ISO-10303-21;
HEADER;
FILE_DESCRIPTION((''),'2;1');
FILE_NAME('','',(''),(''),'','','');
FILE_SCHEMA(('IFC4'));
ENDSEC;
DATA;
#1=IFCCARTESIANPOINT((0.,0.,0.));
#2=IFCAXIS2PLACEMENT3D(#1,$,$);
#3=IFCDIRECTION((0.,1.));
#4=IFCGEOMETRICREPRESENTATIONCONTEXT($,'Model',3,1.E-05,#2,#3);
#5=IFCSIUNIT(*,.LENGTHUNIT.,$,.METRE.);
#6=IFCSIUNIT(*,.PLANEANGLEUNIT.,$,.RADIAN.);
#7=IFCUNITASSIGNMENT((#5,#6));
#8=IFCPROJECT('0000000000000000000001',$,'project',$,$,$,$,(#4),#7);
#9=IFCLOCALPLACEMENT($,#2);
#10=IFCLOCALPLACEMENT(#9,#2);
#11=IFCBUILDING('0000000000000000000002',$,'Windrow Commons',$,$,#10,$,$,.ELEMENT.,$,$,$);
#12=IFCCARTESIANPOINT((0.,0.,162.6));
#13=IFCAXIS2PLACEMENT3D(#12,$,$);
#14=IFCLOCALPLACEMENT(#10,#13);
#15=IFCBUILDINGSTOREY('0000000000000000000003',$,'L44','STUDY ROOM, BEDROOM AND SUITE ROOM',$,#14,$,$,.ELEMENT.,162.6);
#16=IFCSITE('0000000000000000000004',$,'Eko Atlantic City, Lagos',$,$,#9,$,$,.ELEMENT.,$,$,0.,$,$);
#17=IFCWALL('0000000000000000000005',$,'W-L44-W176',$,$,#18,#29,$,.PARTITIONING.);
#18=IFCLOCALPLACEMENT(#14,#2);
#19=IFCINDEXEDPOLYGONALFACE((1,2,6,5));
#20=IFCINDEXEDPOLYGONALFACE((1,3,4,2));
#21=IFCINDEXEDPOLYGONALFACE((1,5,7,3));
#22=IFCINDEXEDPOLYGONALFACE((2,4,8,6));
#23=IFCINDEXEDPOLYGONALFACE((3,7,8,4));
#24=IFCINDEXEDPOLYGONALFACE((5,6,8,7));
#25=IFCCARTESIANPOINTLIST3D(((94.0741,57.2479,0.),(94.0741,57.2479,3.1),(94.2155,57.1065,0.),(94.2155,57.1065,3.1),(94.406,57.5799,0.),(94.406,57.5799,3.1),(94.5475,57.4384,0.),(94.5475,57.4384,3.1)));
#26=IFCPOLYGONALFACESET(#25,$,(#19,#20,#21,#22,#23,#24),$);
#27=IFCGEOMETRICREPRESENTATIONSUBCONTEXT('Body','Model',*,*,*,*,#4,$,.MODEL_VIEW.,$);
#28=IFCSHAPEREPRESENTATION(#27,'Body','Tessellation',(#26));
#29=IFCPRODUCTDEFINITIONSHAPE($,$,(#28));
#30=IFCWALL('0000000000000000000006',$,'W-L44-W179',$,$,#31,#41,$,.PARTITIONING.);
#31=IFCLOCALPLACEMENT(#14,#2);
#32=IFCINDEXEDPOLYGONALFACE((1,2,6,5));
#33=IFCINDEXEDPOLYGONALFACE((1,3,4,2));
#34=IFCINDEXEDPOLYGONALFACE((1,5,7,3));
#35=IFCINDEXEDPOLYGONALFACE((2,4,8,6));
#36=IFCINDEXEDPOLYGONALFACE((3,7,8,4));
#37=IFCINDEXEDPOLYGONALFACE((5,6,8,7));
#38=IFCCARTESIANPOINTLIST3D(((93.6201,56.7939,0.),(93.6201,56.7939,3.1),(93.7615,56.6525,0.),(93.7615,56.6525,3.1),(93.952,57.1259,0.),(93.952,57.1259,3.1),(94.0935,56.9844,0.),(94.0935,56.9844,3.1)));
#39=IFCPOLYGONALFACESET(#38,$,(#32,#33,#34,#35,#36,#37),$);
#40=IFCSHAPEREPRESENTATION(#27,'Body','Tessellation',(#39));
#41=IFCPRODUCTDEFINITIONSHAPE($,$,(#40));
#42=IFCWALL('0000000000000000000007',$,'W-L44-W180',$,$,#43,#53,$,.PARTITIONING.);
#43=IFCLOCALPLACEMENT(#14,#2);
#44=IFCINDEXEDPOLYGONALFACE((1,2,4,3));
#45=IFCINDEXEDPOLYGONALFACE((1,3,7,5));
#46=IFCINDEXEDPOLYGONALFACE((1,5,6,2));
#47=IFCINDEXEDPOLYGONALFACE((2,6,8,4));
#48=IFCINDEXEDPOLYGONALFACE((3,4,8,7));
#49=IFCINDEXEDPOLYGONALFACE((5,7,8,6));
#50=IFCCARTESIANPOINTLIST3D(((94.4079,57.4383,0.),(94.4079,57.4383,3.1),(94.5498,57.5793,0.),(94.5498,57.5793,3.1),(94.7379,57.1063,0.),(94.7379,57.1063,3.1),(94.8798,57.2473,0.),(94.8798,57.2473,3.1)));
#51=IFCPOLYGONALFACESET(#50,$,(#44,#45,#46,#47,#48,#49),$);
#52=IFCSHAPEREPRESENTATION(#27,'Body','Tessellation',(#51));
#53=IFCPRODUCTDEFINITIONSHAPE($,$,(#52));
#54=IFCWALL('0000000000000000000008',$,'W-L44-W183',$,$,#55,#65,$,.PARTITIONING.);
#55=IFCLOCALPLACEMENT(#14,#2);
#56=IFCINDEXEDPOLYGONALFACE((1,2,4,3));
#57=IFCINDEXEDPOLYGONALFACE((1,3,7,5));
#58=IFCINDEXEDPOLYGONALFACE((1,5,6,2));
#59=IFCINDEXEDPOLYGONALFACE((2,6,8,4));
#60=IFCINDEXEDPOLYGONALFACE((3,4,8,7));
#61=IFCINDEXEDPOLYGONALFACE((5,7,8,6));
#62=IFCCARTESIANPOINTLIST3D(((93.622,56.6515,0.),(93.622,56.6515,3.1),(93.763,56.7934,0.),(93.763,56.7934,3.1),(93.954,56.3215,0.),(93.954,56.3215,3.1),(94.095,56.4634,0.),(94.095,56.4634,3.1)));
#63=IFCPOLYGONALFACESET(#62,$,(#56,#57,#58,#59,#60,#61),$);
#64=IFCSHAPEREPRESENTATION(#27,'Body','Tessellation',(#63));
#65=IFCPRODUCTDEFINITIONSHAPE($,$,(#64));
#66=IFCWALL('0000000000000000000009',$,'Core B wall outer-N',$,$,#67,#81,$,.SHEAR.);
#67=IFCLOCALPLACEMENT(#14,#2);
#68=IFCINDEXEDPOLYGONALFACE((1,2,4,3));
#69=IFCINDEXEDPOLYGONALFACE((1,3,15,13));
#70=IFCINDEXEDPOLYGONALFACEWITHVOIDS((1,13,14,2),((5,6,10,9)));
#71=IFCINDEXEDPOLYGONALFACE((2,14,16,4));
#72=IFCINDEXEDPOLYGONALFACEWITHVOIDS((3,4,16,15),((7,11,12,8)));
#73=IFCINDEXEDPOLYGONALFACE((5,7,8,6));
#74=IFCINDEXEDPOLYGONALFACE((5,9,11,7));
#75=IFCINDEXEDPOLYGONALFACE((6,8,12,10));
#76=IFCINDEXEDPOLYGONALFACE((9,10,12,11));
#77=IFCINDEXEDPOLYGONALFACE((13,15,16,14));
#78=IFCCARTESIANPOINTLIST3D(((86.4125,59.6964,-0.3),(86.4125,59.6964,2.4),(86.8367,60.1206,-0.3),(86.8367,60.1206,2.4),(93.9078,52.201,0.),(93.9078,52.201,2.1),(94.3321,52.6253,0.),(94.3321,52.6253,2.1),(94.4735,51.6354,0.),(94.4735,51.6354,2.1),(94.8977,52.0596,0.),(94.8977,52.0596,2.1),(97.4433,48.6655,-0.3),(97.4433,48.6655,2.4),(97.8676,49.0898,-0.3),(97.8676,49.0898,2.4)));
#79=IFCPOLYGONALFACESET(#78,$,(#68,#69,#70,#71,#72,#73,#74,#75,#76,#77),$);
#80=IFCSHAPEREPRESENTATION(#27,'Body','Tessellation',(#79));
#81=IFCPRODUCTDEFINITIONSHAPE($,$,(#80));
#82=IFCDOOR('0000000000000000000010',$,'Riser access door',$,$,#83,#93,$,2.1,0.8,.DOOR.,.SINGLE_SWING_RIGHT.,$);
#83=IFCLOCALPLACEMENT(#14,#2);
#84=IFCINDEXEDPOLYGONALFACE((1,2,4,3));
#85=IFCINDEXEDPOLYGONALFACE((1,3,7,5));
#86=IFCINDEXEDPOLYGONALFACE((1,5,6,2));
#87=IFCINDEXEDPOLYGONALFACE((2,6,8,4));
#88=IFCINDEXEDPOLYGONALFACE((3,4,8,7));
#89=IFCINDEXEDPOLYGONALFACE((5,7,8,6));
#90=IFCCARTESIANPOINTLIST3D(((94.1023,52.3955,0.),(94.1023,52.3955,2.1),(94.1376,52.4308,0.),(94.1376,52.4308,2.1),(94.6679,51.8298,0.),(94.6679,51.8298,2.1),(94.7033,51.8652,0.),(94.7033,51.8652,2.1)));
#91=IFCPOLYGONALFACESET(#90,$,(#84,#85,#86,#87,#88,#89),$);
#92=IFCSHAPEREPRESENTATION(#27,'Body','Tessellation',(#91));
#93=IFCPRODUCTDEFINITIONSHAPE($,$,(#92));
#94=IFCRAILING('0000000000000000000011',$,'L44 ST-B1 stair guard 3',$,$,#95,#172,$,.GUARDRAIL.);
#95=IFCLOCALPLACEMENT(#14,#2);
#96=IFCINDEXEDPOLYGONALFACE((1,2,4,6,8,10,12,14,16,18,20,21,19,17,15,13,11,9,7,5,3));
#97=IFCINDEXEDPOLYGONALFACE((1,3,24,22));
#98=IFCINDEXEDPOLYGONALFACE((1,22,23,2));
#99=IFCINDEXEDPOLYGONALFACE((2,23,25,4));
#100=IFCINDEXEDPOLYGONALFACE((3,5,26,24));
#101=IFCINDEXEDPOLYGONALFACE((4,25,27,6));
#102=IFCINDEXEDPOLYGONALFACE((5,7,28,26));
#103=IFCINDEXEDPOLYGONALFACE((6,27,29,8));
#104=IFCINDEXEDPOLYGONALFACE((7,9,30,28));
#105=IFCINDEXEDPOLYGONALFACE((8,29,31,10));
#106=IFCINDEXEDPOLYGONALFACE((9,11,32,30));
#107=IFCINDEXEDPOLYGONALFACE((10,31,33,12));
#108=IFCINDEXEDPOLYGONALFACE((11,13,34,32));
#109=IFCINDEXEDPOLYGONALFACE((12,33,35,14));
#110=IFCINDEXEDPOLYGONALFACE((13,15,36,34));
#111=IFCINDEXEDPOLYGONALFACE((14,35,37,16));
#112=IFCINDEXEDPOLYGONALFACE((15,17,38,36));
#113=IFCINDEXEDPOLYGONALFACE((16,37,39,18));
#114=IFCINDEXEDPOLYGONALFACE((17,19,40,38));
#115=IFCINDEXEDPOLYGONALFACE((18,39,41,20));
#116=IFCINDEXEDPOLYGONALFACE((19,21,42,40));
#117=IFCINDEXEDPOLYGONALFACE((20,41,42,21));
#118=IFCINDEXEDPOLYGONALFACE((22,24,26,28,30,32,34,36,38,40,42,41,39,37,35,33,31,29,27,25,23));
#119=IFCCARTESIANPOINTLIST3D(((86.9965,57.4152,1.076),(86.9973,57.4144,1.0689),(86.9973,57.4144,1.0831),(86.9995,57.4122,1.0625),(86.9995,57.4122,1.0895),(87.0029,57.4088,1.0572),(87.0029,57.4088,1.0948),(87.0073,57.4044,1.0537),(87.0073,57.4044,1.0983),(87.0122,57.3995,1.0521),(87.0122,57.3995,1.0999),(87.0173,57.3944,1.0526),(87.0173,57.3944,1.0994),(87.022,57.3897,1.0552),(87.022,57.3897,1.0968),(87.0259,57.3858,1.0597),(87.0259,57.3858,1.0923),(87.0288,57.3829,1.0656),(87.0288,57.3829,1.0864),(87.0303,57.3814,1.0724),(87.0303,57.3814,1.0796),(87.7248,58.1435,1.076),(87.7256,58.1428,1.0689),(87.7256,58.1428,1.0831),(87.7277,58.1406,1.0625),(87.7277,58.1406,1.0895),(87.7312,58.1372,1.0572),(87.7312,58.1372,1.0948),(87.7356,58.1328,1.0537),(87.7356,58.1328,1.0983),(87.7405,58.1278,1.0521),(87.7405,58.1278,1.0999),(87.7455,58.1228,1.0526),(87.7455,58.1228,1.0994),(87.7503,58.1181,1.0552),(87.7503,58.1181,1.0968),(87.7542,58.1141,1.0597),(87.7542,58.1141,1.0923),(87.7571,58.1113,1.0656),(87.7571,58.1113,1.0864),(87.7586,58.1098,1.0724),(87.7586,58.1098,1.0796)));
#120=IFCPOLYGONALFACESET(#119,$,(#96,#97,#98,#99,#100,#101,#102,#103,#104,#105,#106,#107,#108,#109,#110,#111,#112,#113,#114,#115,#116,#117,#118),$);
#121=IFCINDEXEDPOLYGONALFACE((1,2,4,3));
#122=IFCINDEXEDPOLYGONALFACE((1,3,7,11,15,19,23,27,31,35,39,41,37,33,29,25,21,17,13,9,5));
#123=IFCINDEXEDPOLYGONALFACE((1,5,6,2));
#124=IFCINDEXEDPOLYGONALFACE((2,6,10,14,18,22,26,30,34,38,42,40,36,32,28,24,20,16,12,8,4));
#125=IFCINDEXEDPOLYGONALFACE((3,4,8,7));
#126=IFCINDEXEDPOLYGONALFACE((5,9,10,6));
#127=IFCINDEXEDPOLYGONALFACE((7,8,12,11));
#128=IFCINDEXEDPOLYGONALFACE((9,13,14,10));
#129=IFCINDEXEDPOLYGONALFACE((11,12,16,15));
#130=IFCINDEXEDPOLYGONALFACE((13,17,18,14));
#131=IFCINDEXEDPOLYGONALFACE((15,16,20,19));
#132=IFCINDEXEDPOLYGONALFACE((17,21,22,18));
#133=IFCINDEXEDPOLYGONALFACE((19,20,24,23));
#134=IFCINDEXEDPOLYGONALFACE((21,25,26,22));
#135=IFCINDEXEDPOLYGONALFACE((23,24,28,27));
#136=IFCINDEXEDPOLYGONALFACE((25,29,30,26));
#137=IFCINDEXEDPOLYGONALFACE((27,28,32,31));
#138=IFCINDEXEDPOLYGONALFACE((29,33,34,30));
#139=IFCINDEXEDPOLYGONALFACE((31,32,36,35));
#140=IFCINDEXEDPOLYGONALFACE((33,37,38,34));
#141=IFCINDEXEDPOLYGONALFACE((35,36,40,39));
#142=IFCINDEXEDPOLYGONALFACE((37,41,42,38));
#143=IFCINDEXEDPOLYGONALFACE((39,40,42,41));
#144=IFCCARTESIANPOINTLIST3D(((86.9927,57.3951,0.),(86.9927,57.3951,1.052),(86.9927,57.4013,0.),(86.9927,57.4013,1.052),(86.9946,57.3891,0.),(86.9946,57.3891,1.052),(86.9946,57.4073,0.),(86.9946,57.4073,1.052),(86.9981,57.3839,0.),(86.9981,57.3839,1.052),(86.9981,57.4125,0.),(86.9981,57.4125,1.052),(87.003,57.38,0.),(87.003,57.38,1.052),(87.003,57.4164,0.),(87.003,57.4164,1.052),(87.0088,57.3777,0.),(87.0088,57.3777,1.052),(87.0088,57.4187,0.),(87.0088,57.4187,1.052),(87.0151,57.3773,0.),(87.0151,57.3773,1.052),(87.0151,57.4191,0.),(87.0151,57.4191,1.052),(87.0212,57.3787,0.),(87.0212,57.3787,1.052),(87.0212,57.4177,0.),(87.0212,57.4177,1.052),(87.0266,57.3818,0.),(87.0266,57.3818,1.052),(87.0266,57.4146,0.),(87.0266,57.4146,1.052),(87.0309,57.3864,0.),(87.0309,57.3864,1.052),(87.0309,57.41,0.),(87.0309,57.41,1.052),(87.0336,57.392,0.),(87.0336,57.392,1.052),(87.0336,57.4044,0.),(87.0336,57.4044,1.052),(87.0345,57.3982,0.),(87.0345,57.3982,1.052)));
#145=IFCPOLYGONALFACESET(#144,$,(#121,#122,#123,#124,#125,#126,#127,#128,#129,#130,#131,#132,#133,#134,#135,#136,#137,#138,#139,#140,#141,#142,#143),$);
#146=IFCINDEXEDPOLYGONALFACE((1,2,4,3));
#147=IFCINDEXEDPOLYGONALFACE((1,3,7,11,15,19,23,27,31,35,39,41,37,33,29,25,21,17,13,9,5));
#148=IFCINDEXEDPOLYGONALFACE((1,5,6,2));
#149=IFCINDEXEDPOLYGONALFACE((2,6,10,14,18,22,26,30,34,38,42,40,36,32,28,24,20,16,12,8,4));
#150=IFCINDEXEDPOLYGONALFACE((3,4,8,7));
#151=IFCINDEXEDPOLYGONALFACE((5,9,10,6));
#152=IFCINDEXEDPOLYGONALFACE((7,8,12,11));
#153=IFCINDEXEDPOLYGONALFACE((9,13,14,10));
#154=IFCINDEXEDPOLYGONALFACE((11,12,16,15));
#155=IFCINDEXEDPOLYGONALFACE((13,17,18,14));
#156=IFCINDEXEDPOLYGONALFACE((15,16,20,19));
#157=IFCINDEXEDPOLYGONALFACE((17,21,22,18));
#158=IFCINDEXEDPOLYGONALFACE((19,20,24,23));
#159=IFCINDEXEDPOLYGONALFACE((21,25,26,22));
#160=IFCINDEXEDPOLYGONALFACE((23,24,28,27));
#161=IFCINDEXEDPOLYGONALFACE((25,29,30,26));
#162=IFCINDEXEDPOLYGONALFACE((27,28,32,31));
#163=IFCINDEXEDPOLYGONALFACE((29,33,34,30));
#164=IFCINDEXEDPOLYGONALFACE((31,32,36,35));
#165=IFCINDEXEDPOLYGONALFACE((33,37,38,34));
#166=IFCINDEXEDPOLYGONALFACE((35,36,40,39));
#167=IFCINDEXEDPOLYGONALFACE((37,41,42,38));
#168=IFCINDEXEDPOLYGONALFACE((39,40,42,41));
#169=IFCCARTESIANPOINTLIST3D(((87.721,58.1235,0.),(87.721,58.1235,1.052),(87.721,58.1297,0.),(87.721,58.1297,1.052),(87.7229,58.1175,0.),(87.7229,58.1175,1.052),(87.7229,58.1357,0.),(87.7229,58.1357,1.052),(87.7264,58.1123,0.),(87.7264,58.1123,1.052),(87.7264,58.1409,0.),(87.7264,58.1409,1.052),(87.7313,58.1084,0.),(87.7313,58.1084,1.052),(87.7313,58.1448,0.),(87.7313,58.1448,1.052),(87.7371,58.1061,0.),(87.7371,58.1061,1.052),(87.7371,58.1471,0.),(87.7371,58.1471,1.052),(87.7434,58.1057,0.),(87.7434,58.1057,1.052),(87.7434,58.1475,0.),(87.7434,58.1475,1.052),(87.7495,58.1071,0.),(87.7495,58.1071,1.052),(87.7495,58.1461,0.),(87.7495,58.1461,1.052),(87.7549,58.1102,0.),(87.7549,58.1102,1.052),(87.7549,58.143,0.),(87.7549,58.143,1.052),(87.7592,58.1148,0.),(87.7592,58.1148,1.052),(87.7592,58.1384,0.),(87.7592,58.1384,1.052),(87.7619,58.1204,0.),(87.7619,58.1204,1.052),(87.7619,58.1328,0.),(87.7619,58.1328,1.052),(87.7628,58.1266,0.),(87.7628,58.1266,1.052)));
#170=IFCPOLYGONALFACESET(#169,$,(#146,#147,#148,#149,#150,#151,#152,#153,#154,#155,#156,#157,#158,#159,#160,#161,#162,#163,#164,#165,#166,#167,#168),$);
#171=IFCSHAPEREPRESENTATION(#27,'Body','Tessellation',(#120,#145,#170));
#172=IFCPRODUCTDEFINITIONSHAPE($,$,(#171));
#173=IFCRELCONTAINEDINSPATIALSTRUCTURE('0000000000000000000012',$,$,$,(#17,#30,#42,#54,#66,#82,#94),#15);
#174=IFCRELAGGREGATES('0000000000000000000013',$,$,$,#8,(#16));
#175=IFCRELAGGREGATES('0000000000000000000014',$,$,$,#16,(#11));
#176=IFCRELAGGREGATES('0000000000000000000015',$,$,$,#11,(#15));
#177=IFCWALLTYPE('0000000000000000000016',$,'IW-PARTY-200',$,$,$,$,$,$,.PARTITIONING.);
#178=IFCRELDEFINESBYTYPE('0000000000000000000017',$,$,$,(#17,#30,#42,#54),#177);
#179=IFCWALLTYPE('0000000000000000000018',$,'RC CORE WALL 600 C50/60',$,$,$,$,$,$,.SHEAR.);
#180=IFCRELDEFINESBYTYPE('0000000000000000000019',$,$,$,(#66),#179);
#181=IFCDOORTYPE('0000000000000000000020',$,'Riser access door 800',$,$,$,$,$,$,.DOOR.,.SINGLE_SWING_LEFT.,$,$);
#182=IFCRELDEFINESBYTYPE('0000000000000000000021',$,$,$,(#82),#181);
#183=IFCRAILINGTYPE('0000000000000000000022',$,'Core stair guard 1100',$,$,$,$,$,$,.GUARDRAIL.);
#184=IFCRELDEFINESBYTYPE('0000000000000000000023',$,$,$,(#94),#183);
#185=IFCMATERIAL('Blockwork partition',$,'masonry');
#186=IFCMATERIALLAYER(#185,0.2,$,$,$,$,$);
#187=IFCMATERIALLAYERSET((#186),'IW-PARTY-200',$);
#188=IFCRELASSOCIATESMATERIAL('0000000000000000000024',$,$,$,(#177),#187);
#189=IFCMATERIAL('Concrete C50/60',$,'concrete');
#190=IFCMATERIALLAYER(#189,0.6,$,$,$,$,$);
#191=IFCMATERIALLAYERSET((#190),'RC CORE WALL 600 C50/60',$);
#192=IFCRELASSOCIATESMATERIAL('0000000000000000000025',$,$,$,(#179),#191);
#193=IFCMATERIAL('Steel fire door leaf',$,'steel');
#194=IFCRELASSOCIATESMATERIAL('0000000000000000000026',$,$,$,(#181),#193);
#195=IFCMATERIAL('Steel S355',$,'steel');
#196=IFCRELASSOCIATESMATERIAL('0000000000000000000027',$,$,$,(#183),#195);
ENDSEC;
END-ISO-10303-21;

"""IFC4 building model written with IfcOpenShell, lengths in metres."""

from ifc_helpers import new_model, si_unit, direction, frame, frame_2d, origin, origin_2d, place, context, subcontext, project, spatial, rectangle, circle, extrude, material, layer, layer_set, type_object, element, fill, save


model = new_model("IFC4")

# Units and contexts
model_context = context("Model", 3, precision=1e-05, world=origin(), true_north=direction((0.0, 1.0)))
body_context = subcontext(model_context, "Body", "Model", "MODEL_VIEW")
ifc_project = project(units=[si_unit("LENGTHUNIT", "METRE"), si_unit("PLANEANGLEUNIT", "RADIAN")], contexts=[model_context])

# Site, building, storey
site_placement = place(None, origin())
site = spatial("IfcSite", under=ifc_project, at=site_placement, Name="Eko Atlantic City, Lagos", CompositionType="ELEMENT", RefElevation=0.0)
building_placement = place(site_placement, origin())
building = spatial("IfcBuilding", under=site, at=building_placement, Name="Windrow Commons", CompositionType="ELEMENT")
storey_placement = place(building_placement, frame((0.0, 0.0, 162.6)))
storey = spatial("IfcBuildingStorey", under=building, at=storey_placement, Name="L44", Description="STUDY ROOM, BEDROOM AND SUITE ROOM", CompositionType="ELEMENT", Elevation=162.6)

# Walls
ifc_material_1 = material(Name="Blockwork partition", Category="masonry")
ifc_layer_1 = layer(ifc_material_1, 0.2)
ifc_layer_set_1 = layer_set([ifc_layer_1], Name="IW-PARTY-200")
wall_type_1 = type_object("IfcWallType", Name="IW-PARTY-200", PredefinedType="PARTITIONING", material=ifc_layer_set_1)
for number, where, z_axis, x_axis, name in (
    (1, (94.1448, 57.1772, 0.0), (0.0, 0.0, 1.0), (0.707107, 0.707107, 0.0), "W-L44-W176"),
    (2, (93.6908, 56.7232, 0.0), (0.0, 0.0, 1.0), (0.707107, 0.707107, 0.0), "W-L44-W179"),
):
    element("IfcWall", number, at=place(storey_placement, frame(where, z_axis=z_axis, x_axis=x_axis)), inside=storey, type_object=wall_type_1, Name=name, PredefinedType="PARTITIONING", context=body_context, shape_type="SweptSolid", body=[
        extrude(rectangle(XDim=0.4695, YDim=0.2, at=frame_2d((0.2347, 0.0))), origin(), (0.0, 0.0, 1.0), 3.1),
    ])
for number, where, z_axis, x_axis, name in (
    (3, (94.4788, 57.5088, 0.0), (0.0, 0.0, 1.0), (0.704967, -0.70924, 0.0), "W-L44-W180"),
    (4, (93.6925, 56.7225, 0.0), (0.0, 0.0, 1.0), (0.70924, -0.704967, 0.0), "W-L44-W183"),
):
    element("IfcWall", number, at=place(storey_placement, frame(where, z_axis=z_axis, x_axis=x_axis)), inside=storey, type_object=wall_type_1, Name=name, PredefinedType="PARTITIONING", context=body_context, shape_type="SweptSolid", body=[
        extrude(rectangle(XDim=0.4681, YDim=0.2, at=frame_2d((0.2341, 0.0))), origin(), (0.0, 0.0, 1.0), 3.1),
    ])

# Wall, opening, door
ifc_material_2 = material(Name="Concrete C50/60", Category="concrete")
ifc_layer_2 = layer(ifc_material_2, 0.6)
ifc_layer_set_2 = layer_set([ifc_layer_2], Name="RC CORE WALL 600 C50/60")
wall_type_2 = type_object("IfcWallType", Name="RC CORE WALL 600 C50/60", PredefinedType="SHEAR", material=ifc_layer_set_2)
wall_1_placement = place(storey_placement, frame((86.6246, 59.9085, -0.3), z_axis=(0.0, 0.0, 1.0), x_axis=(0.707107, -0.707107, 0.0)))
wall_1 = element("IfcWall", 5, at=wall_1_placement, inside=storey, type_object=wall_type_2, Name="Core B wall outer-N", PredefinedType="SHEAR", context=body_context, shape_type="SweptSolid", body=[
    extrude(rectangle(XDim=15.6, YDim=0.6, at=frame_2d((7.8, 0.0))), origin(), (0.0, 0.0, 1.0), 2.7),
])
opening_1_placement = place(wall_1_placement, frame((10.6, 0.0, 0.3)))
opening_1 = element("IfcOpeningElement", 6, at=opening_1_placement, cuts=wall_1, PredefinedType="OPENING", context=body_context, shape_type="SweptSolid", body=[
    extrude(rectangle(XDim=0.8, YDim=2.1, at=frame_2d((0.4, 1.05))), frame((0.0, 0.31, 0.0), z_axis=(0.0, -1.0, 0.0), x_axis=(1.0, 0.0, 0.0)), (0.0, 0.0, 1.0), 0.62),
])
ifc_material_3 = material(Name="Steel fire door leaf", Category="steel")
door_type = type_object("IfcDoorType", Name="Riser access door 800", OperationType="SINGLE_SWING_LEFT", PredefinedType="DOOR", material=ifc_material_3)
door_placement = place(opening_1_placement, origin())
door = element("IfcDoor", 7, at=door_placement, inside=storey, type_object=door_type, Name="Riser access door", OperationType="SINGLE_SWING_RIGHT", OverallHeight=2.1, OverallWidth=0.8, PredefinedType="DOOR", context=body_context, shape_type="SweptSolid", body=[
    extrude(rectangle(XDim=0.8, YDim=2.1, at=frame_2d((0.4, 1.05))), frame((0.0, 0.025, 0.0), z_axis=(0.0, -1.0, 0.0), x_axis=(1.0, 0.0, 0.0)), (0.0, 0.0, 1.0), 0.05),
])
fill(opening_1, door)

# Railing
ifc_material_4 = material(Name="Steel S355", Category="steel")
railing_type = type_object("IfcRailingType", Name="Core stair guard 1100", PredefinedType="GUARDRAIL", material=ifc_material_4)
railing_placement = place(storey_placement, frame((87.0135, 57.3982, 0.0)))
element("IfcRailing", 8, at=railing_placement, inside=storey, type_object=railing_type, Name="L44 ST-B1 stair guard 3", PredefinedType="GUARDRAIL", context=body_context, shape_type="SweptSolid", body=[
    extrude(circle(Radius=0.024, at=origin_2d()), frame((0.0, 0.0, 1.076), z_axis=(0.707058, 0.707155, 0.0), x_axis=(-0.707155, 0.707058, 0.0)), (0.0, 0.0, 1.0), 1.03),
    extrude(circle(Radius=0.021, at=origin_2d()), origin(), (0.0, 0.0, 1.0), 1.052),
    extrude(circle(Radius=0.021, at=origin_2d()), frame((0.7283, 0.7284, 0.0)), (0.0, 0.0, 1.0), 1.052),
])

save(model, "model.ifc")
